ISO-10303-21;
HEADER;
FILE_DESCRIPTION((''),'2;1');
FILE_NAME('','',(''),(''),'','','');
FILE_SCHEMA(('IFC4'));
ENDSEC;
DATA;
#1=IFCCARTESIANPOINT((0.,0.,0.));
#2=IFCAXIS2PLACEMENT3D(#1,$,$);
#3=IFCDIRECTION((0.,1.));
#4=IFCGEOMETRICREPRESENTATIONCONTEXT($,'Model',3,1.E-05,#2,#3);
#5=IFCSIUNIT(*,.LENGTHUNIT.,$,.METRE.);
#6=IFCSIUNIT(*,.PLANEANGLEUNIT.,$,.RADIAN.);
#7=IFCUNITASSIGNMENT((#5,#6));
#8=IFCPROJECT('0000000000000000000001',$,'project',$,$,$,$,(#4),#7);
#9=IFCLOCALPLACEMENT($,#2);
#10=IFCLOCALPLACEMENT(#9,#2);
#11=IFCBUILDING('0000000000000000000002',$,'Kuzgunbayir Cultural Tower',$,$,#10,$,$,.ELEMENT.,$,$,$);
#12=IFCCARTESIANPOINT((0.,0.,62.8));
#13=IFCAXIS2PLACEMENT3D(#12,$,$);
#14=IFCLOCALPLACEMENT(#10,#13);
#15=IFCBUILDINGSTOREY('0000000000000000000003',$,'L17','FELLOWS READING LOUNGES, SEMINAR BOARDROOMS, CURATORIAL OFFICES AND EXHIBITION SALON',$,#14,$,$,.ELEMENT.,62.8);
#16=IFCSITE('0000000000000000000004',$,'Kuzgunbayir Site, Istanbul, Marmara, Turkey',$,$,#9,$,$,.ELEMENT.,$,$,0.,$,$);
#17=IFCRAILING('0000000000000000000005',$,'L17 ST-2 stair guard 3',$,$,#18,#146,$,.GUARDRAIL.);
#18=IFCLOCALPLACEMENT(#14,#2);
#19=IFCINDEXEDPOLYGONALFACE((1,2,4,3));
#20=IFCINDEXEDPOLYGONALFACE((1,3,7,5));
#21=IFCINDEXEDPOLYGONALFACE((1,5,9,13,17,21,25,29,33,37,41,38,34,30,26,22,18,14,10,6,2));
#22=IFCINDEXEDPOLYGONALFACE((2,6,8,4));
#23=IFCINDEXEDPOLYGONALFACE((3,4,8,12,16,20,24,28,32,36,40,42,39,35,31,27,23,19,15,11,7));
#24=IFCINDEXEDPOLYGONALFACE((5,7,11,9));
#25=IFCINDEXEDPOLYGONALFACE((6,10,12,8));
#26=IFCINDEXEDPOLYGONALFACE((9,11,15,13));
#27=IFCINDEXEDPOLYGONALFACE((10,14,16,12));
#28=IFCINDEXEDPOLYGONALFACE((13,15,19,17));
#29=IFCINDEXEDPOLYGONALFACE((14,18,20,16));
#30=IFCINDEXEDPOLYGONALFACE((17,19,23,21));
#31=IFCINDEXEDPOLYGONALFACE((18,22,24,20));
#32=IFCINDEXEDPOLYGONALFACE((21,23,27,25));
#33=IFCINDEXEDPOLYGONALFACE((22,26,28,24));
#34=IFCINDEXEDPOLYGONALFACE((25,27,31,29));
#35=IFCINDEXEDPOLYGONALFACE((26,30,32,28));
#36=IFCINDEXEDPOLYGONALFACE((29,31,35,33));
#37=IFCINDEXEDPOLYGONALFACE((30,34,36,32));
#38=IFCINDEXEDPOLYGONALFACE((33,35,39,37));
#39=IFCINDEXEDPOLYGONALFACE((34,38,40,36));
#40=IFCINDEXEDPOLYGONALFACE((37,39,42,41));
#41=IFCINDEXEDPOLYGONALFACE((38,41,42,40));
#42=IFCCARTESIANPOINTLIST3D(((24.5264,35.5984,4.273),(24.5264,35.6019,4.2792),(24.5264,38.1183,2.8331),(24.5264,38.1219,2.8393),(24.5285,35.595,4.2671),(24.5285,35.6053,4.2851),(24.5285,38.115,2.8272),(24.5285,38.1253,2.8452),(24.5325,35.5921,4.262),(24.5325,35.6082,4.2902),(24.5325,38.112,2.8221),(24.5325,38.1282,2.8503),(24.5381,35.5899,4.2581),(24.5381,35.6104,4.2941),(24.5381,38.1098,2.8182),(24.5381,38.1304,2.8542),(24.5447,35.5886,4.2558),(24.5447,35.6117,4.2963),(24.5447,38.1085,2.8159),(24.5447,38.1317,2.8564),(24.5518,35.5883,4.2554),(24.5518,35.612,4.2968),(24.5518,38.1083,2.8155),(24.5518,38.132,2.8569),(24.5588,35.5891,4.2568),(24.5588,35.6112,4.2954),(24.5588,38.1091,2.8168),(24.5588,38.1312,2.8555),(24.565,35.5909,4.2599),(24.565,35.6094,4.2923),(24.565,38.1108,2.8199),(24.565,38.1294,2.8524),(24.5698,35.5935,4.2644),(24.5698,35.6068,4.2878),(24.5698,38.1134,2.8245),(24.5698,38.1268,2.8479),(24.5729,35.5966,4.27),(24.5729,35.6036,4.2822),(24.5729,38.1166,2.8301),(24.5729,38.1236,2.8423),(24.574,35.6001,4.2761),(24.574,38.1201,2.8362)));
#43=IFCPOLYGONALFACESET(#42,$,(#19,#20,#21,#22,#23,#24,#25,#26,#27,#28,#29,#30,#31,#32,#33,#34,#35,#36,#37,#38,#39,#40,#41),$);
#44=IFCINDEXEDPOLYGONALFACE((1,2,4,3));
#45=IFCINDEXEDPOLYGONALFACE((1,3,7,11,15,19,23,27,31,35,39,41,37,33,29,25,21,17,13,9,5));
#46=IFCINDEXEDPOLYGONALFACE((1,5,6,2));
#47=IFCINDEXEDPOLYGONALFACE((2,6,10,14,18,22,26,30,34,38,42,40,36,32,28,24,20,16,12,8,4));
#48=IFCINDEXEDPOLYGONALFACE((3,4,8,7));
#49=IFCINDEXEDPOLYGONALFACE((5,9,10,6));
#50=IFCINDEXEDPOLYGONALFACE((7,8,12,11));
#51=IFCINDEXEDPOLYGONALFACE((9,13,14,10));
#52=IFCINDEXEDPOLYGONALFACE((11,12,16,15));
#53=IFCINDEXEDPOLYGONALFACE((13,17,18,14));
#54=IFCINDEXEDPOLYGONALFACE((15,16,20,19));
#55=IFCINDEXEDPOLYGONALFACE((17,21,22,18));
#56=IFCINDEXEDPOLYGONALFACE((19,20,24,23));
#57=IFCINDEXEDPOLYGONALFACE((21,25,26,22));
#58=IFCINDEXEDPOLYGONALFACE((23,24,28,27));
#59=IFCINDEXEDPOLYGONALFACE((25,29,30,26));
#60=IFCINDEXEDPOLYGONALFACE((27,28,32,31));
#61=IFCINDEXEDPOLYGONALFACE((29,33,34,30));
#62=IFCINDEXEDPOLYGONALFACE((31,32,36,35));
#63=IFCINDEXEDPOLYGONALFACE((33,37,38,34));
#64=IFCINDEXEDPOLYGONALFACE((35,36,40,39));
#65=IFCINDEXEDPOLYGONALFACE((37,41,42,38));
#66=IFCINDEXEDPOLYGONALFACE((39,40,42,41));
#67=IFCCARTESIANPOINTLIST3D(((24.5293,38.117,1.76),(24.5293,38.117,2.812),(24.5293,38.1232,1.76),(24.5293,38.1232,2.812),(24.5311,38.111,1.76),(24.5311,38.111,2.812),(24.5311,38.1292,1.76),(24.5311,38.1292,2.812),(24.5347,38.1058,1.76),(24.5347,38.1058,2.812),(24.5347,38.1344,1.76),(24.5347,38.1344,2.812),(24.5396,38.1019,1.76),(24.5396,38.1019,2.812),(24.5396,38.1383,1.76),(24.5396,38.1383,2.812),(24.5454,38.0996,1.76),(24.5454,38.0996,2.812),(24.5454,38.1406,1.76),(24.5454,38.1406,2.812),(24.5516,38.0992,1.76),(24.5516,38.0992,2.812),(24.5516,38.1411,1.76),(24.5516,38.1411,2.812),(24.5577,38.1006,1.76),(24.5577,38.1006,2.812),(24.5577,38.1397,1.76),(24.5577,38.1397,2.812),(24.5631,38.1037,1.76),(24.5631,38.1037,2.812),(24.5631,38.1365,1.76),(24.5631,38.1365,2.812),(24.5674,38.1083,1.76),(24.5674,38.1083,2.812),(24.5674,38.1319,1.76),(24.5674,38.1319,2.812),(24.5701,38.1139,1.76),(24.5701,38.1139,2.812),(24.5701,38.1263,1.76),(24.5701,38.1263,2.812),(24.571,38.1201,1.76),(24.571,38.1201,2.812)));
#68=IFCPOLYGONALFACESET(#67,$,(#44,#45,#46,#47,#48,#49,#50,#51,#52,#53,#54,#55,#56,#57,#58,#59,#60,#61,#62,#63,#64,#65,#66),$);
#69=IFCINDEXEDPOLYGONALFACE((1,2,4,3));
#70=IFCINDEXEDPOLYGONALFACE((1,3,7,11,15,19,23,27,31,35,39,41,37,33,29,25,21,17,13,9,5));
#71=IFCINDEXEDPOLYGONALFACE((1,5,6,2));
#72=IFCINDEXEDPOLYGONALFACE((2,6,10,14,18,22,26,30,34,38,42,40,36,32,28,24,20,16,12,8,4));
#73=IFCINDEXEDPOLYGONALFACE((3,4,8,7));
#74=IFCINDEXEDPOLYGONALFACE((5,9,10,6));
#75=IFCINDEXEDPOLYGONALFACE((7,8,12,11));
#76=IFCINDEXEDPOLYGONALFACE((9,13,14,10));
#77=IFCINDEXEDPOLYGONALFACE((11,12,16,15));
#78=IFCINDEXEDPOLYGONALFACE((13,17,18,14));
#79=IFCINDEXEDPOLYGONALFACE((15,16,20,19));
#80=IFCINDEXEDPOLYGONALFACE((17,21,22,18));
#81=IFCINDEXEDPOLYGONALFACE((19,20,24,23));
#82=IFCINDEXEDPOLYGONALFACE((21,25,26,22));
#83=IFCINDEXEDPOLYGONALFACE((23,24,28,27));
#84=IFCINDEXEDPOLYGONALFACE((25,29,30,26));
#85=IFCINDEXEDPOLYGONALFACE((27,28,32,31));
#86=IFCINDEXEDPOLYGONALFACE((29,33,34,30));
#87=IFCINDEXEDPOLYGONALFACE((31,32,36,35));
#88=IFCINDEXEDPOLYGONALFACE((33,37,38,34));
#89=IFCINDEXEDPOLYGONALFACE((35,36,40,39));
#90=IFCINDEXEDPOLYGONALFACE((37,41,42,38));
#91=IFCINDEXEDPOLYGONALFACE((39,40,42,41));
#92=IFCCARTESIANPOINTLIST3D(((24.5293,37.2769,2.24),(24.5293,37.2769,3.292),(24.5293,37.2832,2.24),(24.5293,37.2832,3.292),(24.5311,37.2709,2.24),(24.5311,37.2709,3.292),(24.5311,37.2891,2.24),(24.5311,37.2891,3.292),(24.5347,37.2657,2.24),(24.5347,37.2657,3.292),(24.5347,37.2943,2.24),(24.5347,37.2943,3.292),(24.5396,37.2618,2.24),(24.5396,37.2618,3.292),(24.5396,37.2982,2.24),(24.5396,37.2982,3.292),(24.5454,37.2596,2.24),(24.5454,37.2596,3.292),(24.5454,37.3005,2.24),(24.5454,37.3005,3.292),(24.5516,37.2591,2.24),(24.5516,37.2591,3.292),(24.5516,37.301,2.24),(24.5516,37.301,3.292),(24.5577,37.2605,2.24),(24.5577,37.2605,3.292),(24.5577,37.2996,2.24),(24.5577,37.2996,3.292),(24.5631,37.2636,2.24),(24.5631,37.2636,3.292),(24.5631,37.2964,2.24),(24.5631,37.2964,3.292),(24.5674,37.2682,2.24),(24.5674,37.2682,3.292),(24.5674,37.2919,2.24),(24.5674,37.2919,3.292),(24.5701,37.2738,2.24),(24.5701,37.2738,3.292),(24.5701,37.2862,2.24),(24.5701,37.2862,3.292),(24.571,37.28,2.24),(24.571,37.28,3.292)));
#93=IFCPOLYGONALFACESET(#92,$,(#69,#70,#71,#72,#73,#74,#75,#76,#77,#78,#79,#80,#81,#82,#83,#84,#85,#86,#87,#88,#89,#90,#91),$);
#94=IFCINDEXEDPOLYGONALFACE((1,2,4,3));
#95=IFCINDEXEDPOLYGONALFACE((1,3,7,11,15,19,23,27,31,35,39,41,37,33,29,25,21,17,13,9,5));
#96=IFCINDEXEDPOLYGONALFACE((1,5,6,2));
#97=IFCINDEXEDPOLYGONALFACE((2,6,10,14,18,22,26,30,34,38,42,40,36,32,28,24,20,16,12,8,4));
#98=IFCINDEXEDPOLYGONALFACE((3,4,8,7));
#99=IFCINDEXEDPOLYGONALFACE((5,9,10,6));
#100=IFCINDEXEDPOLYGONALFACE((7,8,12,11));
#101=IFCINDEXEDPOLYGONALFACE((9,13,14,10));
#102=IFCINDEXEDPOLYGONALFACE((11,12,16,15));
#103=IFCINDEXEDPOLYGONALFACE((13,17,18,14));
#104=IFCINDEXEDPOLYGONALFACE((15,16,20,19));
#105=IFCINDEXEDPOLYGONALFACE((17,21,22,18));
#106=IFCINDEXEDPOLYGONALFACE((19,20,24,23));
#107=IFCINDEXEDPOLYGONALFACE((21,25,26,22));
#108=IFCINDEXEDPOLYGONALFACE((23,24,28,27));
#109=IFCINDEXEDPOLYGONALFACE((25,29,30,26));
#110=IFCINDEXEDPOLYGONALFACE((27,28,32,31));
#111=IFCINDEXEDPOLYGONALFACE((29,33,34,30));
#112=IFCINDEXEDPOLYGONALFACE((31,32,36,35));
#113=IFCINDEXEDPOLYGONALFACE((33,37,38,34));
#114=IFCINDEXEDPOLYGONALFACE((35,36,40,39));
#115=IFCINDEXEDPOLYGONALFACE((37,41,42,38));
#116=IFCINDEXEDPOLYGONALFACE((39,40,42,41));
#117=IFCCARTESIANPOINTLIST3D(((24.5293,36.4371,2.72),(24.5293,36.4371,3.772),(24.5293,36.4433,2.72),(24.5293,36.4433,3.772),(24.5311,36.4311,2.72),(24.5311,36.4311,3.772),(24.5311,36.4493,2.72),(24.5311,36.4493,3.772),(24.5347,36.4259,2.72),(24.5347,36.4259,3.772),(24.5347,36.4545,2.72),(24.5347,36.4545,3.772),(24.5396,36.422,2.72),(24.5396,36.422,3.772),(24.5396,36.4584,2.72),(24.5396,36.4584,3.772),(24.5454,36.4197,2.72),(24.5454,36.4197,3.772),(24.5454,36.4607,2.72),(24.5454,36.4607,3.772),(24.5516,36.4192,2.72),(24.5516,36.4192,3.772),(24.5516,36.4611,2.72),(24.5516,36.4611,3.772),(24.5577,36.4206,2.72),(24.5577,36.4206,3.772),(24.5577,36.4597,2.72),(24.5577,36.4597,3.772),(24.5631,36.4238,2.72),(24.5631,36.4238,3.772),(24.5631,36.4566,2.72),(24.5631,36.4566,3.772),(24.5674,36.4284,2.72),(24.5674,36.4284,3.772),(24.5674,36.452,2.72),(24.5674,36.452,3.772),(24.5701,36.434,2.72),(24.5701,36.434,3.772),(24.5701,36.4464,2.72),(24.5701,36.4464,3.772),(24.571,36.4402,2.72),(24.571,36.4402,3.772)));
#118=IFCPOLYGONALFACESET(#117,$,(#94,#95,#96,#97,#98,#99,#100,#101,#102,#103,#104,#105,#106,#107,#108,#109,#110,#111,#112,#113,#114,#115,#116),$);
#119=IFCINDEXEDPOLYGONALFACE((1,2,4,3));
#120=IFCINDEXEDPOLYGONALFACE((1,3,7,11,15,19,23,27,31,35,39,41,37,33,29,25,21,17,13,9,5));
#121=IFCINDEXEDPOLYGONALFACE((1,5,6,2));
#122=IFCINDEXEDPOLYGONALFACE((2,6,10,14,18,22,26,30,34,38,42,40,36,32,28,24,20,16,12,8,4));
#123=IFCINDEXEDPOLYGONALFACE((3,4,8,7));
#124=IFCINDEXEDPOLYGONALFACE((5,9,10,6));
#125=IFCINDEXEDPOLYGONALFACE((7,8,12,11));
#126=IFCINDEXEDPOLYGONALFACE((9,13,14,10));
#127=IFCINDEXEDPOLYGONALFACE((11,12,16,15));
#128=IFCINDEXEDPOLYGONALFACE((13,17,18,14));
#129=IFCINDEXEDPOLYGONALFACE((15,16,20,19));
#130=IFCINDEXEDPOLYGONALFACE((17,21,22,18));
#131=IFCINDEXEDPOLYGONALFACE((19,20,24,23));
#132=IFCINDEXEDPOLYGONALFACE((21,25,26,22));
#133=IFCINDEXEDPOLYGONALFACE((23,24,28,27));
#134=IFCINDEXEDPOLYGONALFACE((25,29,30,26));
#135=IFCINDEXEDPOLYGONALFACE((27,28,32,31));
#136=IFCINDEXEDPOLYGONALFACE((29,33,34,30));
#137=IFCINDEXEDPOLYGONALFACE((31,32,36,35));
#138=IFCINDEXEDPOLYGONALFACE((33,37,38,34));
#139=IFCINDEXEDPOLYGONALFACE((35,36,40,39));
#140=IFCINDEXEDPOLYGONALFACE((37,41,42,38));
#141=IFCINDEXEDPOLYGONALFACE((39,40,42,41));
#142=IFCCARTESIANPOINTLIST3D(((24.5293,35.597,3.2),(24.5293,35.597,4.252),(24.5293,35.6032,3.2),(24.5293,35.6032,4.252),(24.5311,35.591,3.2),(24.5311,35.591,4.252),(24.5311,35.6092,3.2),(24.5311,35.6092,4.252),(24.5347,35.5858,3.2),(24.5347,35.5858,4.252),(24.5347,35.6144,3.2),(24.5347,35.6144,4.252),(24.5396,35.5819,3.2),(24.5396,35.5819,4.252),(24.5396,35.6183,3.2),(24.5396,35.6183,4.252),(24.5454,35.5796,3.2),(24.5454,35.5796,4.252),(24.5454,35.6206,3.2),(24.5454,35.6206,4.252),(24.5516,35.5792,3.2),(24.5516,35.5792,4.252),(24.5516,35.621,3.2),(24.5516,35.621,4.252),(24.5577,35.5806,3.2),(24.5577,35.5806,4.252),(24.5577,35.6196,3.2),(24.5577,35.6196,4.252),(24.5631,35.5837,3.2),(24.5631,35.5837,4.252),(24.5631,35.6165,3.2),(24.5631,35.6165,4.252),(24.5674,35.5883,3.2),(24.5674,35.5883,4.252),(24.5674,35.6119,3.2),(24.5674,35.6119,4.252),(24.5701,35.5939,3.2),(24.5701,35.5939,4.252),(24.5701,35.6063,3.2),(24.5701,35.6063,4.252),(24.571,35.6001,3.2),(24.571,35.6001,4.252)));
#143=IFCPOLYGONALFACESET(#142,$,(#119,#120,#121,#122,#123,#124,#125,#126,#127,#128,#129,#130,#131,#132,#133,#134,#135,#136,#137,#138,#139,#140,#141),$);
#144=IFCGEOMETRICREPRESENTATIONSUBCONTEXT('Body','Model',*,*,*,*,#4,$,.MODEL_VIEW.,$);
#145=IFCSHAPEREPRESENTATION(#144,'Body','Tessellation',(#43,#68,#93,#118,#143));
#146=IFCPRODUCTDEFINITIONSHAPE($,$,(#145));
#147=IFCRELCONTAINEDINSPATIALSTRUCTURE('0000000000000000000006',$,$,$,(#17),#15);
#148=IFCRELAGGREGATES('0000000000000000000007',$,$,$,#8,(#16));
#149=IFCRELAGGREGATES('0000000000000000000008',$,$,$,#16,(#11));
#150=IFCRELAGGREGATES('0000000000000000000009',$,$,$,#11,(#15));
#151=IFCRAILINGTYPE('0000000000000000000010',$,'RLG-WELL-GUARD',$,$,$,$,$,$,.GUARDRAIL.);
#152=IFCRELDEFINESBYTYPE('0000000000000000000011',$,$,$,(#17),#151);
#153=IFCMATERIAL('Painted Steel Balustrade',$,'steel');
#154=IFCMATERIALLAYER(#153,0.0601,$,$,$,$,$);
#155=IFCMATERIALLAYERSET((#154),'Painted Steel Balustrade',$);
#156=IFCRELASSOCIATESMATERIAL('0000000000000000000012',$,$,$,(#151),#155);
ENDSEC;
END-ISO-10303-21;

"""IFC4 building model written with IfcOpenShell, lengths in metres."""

from ifc_helpers import new_model, si_unit, direction, frame, origin, origin_2d, place, context, subcontext, project, spatial, circle, extrude, material, layer, layer_set, type_object, element, save


model = new_model("IFC4")

# Units and contexts
model_context = context("Model", 3, precision=1e-05, world=origin(), true_north=direction((0.0, 1.0)))
body_context = subcontext(model_context, "Body", "Model", "MODEL_VIEW")
ifc_project = project(units=[si_unit("LENGTHUNIT", "METRE"), si_unit("PLANEANGLEUNIT", "RADIAN")], contexts=[model_context])

# Site, building, storey
site_placement = place(None, origin())
site = spatial("IfcSite", under=ifc_project, at=site_placement, Name="Kuzgunbayir Site, Istanbul, Marmara, Turkey", CompositionType="ELEMENT", RefElevation=0.0)
building_placement = place(site_placement, origin())
building = spatial("IfcBuilding", under=site, at=building_placement, Name="Kuzgunbayir Cultural Tower", CompositionType="ELEMENT")
storey_placement = place(building_placement, frame((0.0, 0.0, 62.8)))
storey = spatial("IfcBuildingStorey", under=building, at=storey_placement, Name="L17", Description="FELLOWS READING LOUNGES, SEMINAR BOARDROOMS, CURATORIAL OFFICES AND EXHIBITION SALON", CompositionType="ELEMENT", Elevation=62.8)

# Railing
ifc_material_1 = material(Name="Painted Steel Balustrade", Category="steel")
ifc_layer_1 = layer(ifc_material_1, 0.0601)
ifc_layer_set_1 = layer_set([ifc_layer_1], Name="Painted Steel Balustrade")
railing_type_1 = type_object("IfcRailingType", Name="RLG-WELL-GUARD", PredefinedType="GUARDRAIL", material=ifc_layer_set_1)
railing_1_placement = place(storey_placement, frame((24.55, 38.1201, 1.76)))
element("IfcRailing", 1, at=railing_1_placement, inside=storey, type_object=railing_type_1, Name="L17 ST-2 stair guard 3", PredefinedType="GUARDRAIL", context=body_context, shape_type="SweptSolid", body=[
    extrude(circle(Radius=0.0239, at=origin_2d()), frame((0.0, 0.0, 1.0762), z_axis=(0.0, -0.868253, 0.496121), x_axis=(1.0, 0.0, 0.0)), (0.0, 0.0, 1.0), 2.9023),
    extrude(circle(Radius=0.021, at=origin_2d()), origin(), (0.0, 0.0, 1.0), 1.052),
    extrude(circle(Radius=0.021, at=origin_2d()), frame((0.0, -0.8401, 0.48)), (0.0, 0.0, 1.0), 1.052),
    extrude(circle(Radius=0.021, at=origin_2d()), frame((0.0, -1.6799, 0.96)), (0.0, 0.0, 1.0), 1.052),
    extrude(circle(Radius=0.021, at=origin_2d()), frame((0.0, -2.52, 1.4399)), (0.0, 0.0, 1.0), 1.052),
])

save(model, "model.ifc")
